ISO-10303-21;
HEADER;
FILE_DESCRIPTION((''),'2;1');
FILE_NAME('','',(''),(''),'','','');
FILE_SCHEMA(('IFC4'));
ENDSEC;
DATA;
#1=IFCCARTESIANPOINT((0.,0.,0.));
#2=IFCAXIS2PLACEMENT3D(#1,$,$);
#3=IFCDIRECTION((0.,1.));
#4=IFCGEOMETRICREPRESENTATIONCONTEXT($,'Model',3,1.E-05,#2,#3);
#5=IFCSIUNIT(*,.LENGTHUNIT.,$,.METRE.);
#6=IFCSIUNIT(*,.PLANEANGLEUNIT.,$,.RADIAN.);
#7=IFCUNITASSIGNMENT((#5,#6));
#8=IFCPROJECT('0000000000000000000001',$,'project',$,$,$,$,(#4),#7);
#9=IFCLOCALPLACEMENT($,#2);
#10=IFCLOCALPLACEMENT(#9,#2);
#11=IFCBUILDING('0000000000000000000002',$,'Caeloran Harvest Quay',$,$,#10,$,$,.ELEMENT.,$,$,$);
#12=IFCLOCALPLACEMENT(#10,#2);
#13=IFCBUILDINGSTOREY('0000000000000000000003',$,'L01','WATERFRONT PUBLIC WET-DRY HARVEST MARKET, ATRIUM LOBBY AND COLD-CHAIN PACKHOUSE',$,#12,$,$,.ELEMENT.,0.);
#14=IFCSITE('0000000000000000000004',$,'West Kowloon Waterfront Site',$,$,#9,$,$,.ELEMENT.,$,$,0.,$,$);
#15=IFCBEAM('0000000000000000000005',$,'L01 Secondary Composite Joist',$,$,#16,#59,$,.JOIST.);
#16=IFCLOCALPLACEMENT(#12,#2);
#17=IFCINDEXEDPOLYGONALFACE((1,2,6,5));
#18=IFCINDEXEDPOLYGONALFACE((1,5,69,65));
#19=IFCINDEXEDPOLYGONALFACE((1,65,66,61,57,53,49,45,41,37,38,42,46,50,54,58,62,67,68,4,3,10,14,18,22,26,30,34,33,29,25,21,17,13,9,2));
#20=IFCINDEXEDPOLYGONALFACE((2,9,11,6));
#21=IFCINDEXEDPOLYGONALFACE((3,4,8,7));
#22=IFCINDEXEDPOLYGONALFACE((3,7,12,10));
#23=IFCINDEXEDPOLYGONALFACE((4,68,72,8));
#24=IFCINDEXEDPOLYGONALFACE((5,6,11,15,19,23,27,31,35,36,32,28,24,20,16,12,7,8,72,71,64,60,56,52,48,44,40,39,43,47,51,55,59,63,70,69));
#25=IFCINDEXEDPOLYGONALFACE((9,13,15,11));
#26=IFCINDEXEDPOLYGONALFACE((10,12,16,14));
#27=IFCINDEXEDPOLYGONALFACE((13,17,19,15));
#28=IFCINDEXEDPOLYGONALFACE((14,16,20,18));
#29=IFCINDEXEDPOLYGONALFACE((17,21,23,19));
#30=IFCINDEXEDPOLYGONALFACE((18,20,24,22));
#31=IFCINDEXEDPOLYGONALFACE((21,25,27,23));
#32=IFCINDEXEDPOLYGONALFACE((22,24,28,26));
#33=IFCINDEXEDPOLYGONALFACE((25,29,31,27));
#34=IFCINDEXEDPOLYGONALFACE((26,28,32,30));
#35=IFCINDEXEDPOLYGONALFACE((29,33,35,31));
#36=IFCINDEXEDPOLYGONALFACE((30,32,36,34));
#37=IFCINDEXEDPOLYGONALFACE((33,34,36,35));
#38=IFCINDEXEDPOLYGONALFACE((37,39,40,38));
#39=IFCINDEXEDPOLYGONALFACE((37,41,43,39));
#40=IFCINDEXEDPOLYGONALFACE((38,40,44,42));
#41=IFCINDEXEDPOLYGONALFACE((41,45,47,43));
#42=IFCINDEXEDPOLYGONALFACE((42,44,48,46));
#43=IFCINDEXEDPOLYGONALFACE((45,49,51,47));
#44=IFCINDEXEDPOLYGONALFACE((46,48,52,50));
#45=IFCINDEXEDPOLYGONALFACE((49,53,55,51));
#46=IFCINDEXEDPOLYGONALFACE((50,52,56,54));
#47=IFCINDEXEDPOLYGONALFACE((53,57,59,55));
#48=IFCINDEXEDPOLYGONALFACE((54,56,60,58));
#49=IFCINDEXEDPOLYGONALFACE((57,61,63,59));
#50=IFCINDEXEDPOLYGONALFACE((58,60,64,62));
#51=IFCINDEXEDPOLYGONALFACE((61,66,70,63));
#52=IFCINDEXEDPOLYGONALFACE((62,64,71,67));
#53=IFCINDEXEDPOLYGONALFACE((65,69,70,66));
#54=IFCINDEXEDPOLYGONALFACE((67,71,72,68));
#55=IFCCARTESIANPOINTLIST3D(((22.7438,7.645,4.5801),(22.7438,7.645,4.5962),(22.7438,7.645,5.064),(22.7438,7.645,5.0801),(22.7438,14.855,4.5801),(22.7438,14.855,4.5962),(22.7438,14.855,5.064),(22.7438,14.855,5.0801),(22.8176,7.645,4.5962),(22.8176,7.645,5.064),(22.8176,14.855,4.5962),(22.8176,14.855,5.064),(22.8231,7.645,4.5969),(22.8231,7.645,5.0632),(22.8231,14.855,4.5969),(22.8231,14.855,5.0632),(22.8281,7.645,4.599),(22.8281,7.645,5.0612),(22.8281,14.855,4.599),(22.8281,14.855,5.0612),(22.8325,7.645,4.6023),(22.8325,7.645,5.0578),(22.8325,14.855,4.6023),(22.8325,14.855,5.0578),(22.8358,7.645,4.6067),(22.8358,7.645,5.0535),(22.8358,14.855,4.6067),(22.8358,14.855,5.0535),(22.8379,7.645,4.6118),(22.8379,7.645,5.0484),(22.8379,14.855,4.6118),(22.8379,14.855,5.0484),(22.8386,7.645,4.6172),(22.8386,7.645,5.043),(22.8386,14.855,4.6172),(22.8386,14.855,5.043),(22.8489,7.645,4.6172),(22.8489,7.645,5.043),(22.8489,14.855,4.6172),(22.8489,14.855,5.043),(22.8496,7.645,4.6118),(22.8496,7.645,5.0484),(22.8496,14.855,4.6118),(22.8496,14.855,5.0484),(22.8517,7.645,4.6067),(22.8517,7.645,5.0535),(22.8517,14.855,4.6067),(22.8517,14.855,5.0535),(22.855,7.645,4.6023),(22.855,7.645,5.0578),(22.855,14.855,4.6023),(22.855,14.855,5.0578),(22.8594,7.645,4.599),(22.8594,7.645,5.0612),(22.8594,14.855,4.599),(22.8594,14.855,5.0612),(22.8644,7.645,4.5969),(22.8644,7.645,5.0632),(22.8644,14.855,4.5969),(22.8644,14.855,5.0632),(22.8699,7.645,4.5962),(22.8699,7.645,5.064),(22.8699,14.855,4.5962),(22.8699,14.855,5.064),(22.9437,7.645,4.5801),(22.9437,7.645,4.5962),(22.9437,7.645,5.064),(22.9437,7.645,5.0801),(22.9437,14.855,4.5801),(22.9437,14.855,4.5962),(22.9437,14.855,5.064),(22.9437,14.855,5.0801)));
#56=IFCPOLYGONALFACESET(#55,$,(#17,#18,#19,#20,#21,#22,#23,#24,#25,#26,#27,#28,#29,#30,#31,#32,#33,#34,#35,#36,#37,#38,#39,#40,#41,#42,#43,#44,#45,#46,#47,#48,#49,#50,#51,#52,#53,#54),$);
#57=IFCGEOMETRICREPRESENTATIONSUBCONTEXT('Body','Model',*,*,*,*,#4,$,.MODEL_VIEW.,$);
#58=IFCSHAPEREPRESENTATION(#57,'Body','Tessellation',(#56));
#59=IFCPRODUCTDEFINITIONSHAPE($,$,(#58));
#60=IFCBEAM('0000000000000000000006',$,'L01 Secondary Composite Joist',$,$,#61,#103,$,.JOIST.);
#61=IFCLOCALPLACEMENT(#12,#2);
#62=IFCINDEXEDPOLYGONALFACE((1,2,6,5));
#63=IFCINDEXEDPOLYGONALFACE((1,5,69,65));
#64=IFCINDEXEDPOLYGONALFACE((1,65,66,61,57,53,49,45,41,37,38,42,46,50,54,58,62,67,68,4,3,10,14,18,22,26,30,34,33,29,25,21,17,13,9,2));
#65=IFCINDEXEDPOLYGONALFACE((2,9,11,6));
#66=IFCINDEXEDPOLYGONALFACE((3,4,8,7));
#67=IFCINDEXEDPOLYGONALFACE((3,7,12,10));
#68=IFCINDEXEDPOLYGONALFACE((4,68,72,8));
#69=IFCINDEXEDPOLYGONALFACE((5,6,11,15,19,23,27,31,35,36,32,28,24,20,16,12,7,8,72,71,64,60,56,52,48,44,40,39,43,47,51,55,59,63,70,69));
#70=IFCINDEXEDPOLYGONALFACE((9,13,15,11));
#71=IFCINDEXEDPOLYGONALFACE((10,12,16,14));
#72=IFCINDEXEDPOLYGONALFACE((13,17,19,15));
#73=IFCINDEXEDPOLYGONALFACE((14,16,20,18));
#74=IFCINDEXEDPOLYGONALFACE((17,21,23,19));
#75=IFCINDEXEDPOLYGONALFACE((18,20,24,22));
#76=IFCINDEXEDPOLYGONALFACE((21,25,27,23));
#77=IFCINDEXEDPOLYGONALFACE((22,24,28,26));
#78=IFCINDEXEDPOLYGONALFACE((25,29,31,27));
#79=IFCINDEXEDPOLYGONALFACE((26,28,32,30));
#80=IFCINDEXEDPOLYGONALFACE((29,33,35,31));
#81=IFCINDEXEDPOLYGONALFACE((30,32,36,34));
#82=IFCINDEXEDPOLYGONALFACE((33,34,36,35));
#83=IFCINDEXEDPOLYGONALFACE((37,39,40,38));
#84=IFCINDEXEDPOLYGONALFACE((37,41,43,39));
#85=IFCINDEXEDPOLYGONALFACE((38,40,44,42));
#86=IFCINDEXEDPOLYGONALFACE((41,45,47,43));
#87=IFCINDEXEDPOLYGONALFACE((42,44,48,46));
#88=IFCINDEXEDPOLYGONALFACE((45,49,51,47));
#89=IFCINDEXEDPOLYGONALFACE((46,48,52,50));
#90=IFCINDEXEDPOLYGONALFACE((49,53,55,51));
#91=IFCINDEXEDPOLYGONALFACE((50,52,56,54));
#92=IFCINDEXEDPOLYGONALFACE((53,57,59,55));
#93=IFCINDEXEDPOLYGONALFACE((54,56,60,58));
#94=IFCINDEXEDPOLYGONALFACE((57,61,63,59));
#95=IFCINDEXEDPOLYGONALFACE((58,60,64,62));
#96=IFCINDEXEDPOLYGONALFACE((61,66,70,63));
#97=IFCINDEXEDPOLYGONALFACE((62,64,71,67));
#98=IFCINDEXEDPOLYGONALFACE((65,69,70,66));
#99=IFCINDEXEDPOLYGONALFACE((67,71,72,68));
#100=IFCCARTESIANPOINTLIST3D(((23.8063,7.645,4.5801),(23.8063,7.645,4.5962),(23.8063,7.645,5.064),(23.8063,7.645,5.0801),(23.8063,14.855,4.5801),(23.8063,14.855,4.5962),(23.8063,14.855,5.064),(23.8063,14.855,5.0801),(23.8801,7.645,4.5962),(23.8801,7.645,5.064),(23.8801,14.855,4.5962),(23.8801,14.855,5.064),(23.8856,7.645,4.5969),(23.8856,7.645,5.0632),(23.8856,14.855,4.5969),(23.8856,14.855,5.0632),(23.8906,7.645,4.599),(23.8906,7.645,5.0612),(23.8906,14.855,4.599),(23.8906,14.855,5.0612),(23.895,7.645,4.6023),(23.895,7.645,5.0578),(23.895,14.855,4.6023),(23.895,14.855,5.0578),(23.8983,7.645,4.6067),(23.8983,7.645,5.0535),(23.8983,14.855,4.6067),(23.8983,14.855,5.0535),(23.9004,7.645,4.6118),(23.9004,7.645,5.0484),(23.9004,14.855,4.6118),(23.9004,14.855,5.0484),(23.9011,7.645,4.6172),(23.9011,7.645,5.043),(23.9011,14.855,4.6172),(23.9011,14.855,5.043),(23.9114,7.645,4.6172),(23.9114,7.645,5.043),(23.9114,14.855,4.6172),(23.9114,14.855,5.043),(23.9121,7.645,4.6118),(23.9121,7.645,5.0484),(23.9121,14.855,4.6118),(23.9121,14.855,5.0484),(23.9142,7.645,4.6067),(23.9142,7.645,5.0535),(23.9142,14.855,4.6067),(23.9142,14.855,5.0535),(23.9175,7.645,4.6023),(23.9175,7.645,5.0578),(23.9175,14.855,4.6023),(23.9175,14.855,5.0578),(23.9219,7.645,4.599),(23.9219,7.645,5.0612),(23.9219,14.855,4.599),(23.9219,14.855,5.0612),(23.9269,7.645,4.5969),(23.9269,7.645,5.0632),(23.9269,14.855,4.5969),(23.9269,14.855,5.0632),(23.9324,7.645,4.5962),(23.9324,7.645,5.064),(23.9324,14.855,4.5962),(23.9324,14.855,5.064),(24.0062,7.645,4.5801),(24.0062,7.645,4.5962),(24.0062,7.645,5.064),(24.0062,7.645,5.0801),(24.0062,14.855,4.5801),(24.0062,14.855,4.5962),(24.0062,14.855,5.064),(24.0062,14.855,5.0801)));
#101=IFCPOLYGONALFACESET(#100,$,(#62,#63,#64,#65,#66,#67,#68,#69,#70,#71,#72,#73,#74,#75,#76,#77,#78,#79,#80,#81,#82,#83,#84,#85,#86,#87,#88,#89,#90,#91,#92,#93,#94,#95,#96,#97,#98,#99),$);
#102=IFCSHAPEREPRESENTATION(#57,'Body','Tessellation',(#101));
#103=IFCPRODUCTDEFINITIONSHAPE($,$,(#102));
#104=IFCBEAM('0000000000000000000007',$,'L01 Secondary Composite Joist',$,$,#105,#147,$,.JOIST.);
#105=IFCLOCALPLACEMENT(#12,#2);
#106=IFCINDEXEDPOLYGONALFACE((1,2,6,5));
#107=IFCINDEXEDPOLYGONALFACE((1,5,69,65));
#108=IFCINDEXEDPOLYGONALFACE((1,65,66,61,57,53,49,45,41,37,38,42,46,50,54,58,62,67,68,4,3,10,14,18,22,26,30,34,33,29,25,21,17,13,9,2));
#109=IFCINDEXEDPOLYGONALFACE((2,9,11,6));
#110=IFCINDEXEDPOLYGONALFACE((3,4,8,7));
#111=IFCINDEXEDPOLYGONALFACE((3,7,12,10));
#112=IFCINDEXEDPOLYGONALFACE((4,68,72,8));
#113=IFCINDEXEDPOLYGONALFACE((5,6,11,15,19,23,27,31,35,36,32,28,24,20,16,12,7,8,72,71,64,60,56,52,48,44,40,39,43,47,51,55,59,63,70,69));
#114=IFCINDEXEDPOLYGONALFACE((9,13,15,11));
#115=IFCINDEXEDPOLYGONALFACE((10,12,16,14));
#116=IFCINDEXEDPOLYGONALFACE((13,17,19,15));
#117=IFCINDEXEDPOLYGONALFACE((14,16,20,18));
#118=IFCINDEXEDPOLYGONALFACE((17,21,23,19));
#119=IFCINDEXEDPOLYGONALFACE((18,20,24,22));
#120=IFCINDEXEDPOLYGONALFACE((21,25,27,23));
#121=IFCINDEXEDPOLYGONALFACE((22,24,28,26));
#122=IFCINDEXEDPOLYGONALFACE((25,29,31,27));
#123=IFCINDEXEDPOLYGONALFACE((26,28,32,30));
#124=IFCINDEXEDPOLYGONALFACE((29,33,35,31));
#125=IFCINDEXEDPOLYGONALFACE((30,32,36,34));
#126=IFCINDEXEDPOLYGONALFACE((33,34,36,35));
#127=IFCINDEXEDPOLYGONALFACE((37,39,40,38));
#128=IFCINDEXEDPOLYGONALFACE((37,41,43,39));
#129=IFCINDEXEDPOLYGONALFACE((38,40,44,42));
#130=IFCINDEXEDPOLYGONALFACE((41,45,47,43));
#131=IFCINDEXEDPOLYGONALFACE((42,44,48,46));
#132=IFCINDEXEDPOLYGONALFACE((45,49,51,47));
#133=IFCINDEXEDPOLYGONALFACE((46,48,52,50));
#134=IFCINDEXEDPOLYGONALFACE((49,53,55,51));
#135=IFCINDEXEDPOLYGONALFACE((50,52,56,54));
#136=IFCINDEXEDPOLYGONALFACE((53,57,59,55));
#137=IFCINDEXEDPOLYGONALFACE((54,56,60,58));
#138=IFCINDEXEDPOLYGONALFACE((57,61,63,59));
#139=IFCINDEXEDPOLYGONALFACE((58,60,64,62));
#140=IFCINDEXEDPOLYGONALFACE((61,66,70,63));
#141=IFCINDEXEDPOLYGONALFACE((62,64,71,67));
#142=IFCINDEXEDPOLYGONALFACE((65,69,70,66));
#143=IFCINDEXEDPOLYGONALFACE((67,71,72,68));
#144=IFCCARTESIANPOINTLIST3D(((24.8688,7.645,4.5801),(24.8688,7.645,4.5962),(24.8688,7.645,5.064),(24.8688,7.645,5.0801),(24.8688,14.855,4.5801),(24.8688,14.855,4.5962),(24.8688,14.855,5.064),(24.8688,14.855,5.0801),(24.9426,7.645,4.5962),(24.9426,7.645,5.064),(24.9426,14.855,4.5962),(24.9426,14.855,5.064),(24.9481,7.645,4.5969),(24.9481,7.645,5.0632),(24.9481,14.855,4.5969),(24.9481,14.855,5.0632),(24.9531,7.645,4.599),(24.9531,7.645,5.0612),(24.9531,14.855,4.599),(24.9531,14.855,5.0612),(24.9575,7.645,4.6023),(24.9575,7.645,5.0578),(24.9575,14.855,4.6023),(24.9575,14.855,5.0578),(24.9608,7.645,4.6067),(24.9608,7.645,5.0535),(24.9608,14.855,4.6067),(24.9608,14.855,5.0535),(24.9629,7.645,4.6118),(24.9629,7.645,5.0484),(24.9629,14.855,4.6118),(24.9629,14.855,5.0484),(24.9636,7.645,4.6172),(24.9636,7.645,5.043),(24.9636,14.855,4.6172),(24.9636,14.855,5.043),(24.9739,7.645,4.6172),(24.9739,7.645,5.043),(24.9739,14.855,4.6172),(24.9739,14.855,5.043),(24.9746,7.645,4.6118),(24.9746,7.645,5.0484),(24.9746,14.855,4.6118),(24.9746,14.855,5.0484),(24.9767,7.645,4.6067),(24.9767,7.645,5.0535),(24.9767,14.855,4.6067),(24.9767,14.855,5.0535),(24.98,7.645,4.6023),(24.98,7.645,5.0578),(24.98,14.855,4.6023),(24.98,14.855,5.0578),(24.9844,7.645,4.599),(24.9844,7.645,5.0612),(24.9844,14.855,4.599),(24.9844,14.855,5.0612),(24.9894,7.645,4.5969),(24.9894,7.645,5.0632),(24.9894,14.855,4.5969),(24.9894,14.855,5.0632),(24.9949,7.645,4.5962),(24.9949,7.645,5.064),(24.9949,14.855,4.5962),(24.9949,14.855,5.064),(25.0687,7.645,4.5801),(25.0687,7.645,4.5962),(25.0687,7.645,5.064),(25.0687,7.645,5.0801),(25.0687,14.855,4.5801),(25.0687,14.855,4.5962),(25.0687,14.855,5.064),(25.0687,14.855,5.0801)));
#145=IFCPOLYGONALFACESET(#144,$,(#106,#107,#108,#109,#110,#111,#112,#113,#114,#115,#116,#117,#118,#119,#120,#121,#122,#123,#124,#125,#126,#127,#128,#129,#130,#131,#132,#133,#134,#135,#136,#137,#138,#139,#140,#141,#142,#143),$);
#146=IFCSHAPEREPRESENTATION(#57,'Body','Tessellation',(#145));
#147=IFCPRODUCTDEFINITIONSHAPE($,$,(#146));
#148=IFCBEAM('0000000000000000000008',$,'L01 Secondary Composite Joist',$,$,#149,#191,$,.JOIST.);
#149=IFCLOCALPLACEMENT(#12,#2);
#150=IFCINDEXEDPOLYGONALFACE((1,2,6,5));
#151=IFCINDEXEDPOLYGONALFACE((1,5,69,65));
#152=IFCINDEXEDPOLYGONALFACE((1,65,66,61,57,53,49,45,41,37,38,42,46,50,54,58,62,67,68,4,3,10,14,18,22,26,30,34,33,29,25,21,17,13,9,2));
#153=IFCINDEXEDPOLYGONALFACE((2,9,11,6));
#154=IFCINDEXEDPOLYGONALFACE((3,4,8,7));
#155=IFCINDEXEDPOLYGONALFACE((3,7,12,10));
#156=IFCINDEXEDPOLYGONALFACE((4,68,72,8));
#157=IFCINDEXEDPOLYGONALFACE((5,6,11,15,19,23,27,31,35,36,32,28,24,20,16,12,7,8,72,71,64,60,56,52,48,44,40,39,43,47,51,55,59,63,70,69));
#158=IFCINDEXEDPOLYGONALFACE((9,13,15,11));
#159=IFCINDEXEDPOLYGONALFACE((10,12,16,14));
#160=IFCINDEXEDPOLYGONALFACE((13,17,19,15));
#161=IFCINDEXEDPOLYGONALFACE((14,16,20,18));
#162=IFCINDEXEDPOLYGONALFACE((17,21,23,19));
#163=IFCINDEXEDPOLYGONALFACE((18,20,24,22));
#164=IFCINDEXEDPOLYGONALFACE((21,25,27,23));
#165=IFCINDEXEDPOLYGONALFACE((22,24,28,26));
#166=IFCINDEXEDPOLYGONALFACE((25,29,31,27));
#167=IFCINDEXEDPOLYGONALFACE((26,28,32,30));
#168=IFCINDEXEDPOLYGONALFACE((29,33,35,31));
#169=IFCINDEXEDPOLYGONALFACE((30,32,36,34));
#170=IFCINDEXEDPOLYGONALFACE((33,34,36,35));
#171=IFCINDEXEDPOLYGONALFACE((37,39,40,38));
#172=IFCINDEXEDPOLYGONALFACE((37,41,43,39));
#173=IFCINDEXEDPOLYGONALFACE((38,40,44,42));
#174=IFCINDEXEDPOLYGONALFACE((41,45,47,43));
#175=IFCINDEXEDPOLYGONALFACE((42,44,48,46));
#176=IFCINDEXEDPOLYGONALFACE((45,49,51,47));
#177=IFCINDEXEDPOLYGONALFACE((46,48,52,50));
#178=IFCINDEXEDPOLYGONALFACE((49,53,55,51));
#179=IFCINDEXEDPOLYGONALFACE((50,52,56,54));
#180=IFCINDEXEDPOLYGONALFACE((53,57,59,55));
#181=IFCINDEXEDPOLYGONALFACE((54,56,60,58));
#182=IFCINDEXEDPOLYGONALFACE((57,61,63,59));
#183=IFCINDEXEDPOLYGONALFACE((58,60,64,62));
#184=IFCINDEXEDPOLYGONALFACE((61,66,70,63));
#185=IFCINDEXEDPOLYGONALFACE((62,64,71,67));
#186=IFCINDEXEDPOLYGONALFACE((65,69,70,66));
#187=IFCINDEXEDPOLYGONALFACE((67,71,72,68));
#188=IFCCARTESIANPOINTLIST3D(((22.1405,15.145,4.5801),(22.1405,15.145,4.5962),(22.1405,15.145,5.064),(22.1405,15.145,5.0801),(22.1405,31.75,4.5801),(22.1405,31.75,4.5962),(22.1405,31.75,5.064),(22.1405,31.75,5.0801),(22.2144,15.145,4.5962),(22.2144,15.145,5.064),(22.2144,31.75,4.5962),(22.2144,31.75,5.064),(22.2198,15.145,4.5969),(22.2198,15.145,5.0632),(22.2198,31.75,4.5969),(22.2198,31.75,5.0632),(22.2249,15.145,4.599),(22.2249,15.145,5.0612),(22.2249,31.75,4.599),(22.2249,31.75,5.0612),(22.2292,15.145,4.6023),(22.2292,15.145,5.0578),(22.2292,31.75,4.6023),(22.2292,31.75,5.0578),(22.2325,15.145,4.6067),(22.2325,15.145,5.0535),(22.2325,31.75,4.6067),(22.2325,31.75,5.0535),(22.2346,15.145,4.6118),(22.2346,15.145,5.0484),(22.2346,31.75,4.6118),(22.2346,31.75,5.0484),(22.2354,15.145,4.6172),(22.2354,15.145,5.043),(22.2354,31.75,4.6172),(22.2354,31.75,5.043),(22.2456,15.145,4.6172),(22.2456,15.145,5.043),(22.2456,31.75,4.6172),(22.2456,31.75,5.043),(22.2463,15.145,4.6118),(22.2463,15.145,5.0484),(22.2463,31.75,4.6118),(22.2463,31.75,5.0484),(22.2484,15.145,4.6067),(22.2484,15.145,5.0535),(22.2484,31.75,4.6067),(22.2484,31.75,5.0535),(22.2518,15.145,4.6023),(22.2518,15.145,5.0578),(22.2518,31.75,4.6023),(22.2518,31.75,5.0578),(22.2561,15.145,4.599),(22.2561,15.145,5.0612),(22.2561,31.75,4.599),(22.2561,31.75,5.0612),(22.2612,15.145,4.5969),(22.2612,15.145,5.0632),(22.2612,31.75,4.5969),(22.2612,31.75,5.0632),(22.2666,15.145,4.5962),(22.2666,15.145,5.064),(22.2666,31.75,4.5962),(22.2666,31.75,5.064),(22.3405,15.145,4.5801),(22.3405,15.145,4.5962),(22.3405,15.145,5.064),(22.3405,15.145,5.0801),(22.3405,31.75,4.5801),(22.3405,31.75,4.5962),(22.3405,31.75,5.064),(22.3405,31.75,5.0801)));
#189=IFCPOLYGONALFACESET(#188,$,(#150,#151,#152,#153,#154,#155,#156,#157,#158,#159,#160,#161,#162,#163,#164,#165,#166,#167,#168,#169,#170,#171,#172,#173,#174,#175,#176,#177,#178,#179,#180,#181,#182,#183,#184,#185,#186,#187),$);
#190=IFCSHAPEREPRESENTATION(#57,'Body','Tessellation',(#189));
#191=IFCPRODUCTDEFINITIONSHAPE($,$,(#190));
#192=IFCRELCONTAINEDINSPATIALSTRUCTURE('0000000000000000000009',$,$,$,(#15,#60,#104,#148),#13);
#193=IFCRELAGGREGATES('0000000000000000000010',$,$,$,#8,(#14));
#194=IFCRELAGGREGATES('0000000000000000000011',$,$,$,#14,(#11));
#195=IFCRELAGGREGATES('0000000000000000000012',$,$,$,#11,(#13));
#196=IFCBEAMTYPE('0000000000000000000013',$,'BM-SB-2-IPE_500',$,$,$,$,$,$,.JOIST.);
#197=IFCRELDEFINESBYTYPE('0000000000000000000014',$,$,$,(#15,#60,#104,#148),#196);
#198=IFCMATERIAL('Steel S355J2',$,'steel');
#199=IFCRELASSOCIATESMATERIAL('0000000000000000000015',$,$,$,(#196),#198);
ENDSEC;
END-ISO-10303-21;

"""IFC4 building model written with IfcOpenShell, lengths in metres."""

from ifc_helpers import new_model, si_unit, direction, frame, origin, origin_2d, place, context, subcontext, project, spatial, i_section, extrude, material, material_profile, profile_set, type_object, element, save


model = new_model("IFC4")

# Units and contexts
model_context = context("Model", 3, precision=1e-05, world=origin(), true_north=direction((0.0, 1.0)))
body_context = subcontext(model_context, "Body", "Model", "MODEL_VIEW")
ifc_project = project(units=[si_unit("LENGTHUNIT", "METRE"), si_unit("PLANEANGLEUNIT", "RADIAN")], contexts=[model_context])

# Site, building, storey
site_placement = place(None, origin())
site = spatial("IfcSite", under=ifc_project, at=site_placement, Name="West Kowloon Waterfront Site", CompositionType="ELEMENT", RefElevation=0.0)
building_placement = place(site_placement, origin())
building = spatial("IfcBuilding", under=site, at=building_placement, Name="Caeloran Harvest Quay", CompositionType="ELEMENT")
storey_placement = place(building_placement, origin())
storey = spatial("IfcBuildingStorey", under=building, at=storey_placement, Name="L01", Description="WATERFRONT PUBLIC WET-DRY HARVEST MARKET, ATRIUM LOBBY AND COLD-CHAIN PACKHOUSE", CompositionType="ELEMENT", Elevation=0.0)

# Beams
ifc_material_1 = material(Name="Steel S355J2", Category="steel")
ifc_material_profile_1 = material_profile(ifc_material_1, i_section(OverallWidth=0.2, OverallDepth=0.5, WebThickness=0.0103, FlangeThickness=0.0161, FilletRadius=0.021, at=origin_2d()), Name="IPE 500")
ifc_profile_set_1 = profile_set([ifc_material_profile_1], Name="Steel S355J2")
beam_type_1 = type_object("IfcBeamType", Name="BM-SB-2-IPE_500", PredefinedType="JOIST", material=ifc_profile_set_1)
for number, where, z_axis, x_axis, name in (
    (1, (22.8438, 7.645, 4.8301), (0.0, 1.0, 0.0), (-1.0, 0.0, 0.0), "L01 Secondary Composite Joist"),
    (2, (23.9062, 7.645, 4.8301), (0.0, 1.0, 0.0), (-1.0, 0.0, 0.0), "L01 Secondary Composite Joist"),
    (3, (24.9688, 7.645, 4.8301), (0.0, 1.0, 0.0), (-1.0, 0.0, 0.0), "L01 Secondary Composite Joist"),
):
    element("IfcBeam", number, at=place(storey_placement, frame(where, z_axis=z_axis, x_axis=x_axis)), inside=storey, type_object=beam_type_1, Name=name, PredefinedType="JOIST", context=body_context, shape_type="SweptSolid", body=[
        extrude(i_section(OverallWidth=0.2, OverallDepth=0.5, WebThickness=0.0103, FlangeThickness=0.0161, FilletRadius=0.021, at=origin_2d()), origin(), (0.0, 0.0, 1.0), 7.21),
    ])
for number, where, z_axis, x_axis, name in (
    (4, (22.2405, 15.145, 4.8301), (0.0, 1.0, 0.0), (-1.0, 0.0, 0.0), "L01 Secondary Composite Joist"),
):
    element("IfcBeam", number, at=place(storey_placement, frame(where, z_axis=z_axis, x_axis=x_axis)), inside=storey, type_object=beam_type_1, Name=name, PredefinedType="JOIST", context=body_context, shape_type="SweptSolid", body=[
        extrude(i_section(OverallWidth=0.2, OverallDepth=0.5, WebThickness=0.0103, FlangeThickness=0.0161, FilletRadius=0.021, at=origin_2d()), origin(), (0.0, 0.0, 1.0), 16.605),
    ])

save(model, "model.ifc")
